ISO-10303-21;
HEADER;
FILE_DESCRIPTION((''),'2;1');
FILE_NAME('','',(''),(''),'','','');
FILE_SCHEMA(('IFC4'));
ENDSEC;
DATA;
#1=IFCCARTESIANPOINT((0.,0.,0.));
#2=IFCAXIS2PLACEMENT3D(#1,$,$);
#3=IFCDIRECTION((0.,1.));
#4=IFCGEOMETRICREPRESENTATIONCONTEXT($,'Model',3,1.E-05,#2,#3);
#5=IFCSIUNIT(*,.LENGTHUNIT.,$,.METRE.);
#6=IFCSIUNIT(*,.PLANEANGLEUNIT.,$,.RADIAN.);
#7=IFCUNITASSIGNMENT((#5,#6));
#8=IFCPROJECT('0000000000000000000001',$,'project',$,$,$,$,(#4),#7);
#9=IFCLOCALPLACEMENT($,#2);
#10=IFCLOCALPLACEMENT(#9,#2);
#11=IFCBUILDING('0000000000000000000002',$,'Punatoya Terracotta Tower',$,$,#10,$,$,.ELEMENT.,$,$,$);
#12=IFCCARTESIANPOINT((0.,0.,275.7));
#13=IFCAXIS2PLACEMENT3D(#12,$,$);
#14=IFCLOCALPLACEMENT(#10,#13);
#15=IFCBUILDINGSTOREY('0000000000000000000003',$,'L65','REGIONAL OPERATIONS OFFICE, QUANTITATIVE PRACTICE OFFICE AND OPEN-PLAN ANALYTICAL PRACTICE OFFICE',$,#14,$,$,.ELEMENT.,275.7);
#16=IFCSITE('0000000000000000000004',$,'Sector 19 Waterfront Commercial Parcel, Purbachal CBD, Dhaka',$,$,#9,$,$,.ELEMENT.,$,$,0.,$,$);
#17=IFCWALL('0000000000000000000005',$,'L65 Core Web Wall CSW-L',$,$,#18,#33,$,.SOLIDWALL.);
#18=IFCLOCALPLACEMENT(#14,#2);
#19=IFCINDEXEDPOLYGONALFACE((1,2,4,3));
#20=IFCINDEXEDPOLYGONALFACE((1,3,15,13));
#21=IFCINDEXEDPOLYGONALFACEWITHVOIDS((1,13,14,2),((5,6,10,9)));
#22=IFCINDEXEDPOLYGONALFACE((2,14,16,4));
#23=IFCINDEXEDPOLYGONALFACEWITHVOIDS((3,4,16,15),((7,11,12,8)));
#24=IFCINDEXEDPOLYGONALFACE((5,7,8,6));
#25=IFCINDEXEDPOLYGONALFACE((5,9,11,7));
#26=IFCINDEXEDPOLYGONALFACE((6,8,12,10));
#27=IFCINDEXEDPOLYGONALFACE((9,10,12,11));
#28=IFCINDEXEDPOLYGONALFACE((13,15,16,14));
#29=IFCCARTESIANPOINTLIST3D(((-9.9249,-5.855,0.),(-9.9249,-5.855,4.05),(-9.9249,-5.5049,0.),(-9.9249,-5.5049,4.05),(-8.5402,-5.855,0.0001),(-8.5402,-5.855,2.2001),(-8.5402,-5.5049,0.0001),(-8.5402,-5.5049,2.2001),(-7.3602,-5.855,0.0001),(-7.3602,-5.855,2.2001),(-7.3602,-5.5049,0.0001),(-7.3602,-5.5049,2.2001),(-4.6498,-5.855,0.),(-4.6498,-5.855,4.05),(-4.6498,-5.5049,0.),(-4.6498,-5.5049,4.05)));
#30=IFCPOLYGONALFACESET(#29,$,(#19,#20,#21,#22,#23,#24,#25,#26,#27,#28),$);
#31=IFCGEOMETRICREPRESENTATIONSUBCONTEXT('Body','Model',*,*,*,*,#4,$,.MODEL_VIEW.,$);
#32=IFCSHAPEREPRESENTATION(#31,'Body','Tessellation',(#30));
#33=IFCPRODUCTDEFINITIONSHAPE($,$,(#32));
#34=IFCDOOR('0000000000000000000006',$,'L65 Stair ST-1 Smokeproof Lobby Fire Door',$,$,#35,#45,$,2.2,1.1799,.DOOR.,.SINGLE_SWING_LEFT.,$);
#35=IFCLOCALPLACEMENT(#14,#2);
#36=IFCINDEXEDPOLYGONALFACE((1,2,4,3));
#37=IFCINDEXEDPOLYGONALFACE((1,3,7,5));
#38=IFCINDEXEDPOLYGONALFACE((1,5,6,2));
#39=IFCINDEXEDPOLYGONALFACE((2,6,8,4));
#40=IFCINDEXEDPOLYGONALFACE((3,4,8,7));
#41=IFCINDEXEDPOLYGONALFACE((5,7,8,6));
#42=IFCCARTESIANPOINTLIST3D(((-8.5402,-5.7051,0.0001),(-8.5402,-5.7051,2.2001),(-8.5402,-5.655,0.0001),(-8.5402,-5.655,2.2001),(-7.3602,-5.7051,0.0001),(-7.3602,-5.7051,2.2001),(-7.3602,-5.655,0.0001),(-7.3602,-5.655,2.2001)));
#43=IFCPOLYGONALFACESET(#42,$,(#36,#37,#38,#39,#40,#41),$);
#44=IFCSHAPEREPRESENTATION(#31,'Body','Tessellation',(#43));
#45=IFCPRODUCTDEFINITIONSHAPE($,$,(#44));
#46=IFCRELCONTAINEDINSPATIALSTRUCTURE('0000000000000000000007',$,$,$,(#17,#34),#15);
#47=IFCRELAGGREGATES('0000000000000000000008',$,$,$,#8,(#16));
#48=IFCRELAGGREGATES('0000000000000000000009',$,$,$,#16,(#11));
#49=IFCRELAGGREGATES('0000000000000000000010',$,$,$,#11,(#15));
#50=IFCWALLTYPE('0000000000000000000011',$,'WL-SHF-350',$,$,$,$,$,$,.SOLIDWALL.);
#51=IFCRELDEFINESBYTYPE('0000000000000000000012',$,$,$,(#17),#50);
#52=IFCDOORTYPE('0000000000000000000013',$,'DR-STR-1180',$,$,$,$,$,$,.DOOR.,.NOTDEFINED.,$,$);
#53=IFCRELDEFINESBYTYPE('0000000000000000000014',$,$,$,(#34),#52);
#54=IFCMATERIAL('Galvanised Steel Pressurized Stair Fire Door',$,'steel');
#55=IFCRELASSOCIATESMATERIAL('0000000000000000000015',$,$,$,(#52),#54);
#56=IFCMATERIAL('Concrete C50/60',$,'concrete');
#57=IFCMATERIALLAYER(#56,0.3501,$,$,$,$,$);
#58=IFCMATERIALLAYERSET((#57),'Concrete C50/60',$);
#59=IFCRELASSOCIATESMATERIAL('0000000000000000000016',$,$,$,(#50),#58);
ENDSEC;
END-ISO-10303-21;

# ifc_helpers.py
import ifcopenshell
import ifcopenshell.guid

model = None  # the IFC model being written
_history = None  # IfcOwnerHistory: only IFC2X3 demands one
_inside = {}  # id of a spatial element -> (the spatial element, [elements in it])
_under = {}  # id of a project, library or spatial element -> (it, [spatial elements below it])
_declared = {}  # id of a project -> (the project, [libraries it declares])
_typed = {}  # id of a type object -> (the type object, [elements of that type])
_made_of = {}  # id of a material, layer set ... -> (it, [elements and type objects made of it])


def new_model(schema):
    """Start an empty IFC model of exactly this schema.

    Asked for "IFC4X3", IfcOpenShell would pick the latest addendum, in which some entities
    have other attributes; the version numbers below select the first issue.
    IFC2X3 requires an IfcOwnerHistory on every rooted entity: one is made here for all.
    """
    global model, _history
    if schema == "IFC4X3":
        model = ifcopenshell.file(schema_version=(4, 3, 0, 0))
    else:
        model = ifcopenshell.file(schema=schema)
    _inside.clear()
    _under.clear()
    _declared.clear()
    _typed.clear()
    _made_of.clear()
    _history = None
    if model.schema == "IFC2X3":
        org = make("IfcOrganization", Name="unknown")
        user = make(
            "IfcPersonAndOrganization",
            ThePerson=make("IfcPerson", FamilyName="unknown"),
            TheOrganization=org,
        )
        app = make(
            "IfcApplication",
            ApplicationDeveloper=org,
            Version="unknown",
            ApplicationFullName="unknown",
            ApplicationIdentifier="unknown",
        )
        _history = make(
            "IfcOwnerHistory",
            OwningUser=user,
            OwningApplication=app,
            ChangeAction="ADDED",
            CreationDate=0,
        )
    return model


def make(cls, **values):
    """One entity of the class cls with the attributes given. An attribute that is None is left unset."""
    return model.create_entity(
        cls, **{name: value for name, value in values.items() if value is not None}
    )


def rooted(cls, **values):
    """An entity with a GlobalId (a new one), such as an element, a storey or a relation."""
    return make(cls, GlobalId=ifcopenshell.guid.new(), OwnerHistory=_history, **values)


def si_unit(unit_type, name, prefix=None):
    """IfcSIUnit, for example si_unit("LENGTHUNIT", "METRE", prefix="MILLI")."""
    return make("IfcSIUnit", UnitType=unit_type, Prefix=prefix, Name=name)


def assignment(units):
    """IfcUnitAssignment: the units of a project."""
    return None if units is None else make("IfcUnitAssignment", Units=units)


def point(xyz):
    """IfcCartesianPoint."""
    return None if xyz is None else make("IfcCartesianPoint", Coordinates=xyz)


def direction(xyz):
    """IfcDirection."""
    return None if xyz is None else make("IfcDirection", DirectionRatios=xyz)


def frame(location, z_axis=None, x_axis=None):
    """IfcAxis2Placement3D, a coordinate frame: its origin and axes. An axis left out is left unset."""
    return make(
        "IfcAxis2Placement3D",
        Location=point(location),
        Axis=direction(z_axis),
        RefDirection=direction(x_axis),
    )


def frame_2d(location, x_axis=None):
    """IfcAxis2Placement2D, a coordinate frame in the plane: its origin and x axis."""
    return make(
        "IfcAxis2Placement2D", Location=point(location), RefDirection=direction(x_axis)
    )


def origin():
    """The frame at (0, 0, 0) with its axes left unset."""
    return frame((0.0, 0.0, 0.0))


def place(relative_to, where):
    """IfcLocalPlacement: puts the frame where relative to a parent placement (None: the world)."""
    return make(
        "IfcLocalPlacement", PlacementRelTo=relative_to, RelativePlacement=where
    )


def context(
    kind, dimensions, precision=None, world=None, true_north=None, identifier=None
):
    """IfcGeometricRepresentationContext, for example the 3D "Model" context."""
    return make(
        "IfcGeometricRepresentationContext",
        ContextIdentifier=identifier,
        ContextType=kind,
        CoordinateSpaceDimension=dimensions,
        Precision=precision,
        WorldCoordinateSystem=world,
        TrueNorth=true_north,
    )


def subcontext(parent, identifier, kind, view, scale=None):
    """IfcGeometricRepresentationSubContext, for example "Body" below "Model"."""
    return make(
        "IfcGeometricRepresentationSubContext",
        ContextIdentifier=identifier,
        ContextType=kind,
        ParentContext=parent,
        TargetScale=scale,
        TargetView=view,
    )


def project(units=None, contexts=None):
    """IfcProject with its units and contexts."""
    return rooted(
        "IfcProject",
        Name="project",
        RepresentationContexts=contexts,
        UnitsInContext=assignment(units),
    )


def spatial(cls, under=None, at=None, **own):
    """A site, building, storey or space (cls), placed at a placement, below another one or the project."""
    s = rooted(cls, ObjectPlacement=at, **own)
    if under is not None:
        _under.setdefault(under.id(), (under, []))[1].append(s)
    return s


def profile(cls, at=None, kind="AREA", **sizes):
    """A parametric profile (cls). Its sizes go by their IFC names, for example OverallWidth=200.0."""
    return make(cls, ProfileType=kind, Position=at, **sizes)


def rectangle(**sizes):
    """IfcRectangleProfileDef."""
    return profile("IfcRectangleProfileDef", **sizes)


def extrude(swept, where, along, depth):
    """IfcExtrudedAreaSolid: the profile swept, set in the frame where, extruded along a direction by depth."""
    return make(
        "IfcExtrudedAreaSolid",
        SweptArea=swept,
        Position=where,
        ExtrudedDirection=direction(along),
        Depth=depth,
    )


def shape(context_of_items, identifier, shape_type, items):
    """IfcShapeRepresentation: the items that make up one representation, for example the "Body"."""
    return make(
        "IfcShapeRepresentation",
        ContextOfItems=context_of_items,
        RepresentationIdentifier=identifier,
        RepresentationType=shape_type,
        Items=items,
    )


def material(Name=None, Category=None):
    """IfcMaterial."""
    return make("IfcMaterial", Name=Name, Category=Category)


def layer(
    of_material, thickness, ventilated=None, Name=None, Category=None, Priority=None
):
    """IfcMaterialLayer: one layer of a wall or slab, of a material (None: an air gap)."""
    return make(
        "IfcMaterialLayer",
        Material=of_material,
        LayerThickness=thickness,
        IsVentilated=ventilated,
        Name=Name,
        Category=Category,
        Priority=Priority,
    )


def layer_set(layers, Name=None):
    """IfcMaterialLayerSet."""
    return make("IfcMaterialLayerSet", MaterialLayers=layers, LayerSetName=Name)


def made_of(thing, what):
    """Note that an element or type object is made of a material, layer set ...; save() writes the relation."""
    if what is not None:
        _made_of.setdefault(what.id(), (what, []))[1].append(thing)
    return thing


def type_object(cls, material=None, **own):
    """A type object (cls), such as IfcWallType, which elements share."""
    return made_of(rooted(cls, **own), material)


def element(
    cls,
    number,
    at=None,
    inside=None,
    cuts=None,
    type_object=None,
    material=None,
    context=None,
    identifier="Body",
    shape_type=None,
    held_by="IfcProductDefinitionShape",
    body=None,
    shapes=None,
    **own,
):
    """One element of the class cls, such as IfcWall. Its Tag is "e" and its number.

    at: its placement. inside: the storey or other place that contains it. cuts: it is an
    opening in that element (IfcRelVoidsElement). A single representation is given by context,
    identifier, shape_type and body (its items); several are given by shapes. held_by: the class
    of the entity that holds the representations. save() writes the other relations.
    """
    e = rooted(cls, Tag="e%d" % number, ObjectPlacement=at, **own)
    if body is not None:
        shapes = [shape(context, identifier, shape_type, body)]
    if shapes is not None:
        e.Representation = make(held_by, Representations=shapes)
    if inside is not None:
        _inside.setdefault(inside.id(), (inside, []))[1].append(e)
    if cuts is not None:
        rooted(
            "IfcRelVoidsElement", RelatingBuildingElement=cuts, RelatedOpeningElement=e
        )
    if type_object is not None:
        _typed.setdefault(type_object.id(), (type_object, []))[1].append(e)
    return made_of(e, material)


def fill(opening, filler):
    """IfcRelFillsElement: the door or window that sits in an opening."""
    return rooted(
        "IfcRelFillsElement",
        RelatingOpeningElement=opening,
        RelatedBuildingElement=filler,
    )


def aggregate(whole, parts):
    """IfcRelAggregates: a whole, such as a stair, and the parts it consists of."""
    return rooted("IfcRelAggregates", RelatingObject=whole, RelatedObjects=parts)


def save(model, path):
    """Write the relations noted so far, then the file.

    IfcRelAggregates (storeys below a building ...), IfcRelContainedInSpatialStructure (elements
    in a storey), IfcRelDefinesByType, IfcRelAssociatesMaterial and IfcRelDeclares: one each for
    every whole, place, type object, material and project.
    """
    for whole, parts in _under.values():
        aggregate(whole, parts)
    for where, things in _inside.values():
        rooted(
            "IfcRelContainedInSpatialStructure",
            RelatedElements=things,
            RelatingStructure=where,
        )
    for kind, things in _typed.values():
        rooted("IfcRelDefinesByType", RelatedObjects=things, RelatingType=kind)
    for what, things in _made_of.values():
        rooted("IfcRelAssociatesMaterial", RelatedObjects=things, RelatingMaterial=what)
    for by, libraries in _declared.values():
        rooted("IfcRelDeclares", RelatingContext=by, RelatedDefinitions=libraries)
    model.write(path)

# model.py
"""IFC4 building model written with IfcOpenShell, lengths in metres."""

from ifc_helpers import new_model, si_unit, direction, frame, frame_2d, origin, place, context, subcontext, project, spatial, rectangle, extrude, material, layer, layer_set, type_object, element, fill, save


model = new_model("IFC4")

# Units and contexts
model_context = context("Model", 3, precision=1e-05, world=origin(), true_north=direction((0.0, 1.0)))
body_context = subcontext(model_context, "Body", "Model", "MODEL_VIEW")
ifc_project = project(units=[si_unit("LENGTHUNIT", "METRE"), si_unit("PLANEANGLEUNIT", "RADIAN")], contexts=[model_context])

# Site, building, storey
site_placement = place(None, origin())
site = spatial("IfcSite", under=ifc_project, at=site_placement, Name="Sector 19 Waterfront Commercial Parcel, Purbachal CBD, Dhaka", CompositionType="ELEMENT", RefElevation=0.0)
building_placement = place(site_placement, origin())
building = spatial("IfcBuilding", under=site, at=building_placement, Name="Punatoya Terracotta Tower", CompositionType="ELEMENT")
storey_placement = place(building_placement, frame((0.0, 0.0, 275.7)))
storey = spatial("IfcBuildingStorey", under=building, at=storey_placement, Name="L65", Description="REGIONAL OPERATIONS OFFICE, QUANTITATIVE PRACTICE OFFICE AND OPEN-PLAN ANALYTICAL PRACTICE OFFICE", CompositionType="ELEMENT", Elevation=275.7)

# Shared definitions
ifc_material_1 = material(Name="Concrete C50/60", Category="concrete")

# Shared definitions
ifc_material_2 = material(Name="Galvanised Steel Pressurized Stair Fire Door", Category="steel")
door_type_1 = type_object("IfcDoorType", Name="DR-STR-1180", OperationType="NOTDEFINED", PredefinedType="DOOR", material=ifc_material_2)

# Wall, opening, door
ifc_layer_1 = layer(ifc_material_1, 0.3501)
ifc_layer_set_1 = layer_set([ifc_layer_1], Name="Concrete C50/60")
wall_type_1 = type_object("IfcWallType", Name="WL-SHF-350", PredefinedType="SOLIDWALL", material=ifc_layer_set_1)
wall_1_placement = place(storey_placement, frame((-9.925, -5.6799, 0.0), z_axis=(0.0, 0.0, 1.0), x_axis=(1.0, 0.0, 0.0)))
wall_1 = element("IfcWall", 1, at=wall_1_placement, inside=storey, type_object=wall_type_1, Name="L65 Core Web Wall CSW-L", PredefinedType="SOLIDWALL", context=body_context, shape_type="SweptSolid", body=[
    extrude(rectangle(XDim=5.2751, YDim=0.3501, at=frame_2d((2.6377, 0.0))), origin(), (0.0, 0.0, 1.0), 4.05),
])
opening_1_placement = place(wall_1_placement, frame((1.385, 0.0, 0.0)))
opening_1 = element("IfcOpeningElement", 2, at=opening_1_placement, cuts=wall_1, PredefinedType="OPENING", context=body_context, shape_type="SweptSolid", body=[
    extrude(rectangle(XDim=1.1799, YDim=2.2, at=frame_2d((0.5898, 1.1001))), frame((0.0, 0.1851, 0.0), z_axis=(0.0, -1.0, 0.0), x_axis=(1.0, 0.0, 0.0)), (0.0, 0.0, 1.0), 0.3701),
])
door_1_placement = place(opening_1_placement, origin())
door_1 = element("IfcDoor", 3, at=door_1_placement, inside=storey, type_object=door_type_1, Name="L65 Stair ST-1 Smokeproof Lobby Fire Door", OperationType="SINGLE_SWING_LEFT", OverallHeight=2.2, OverallWidth=1.1799, PredefinedType="DOOR", context=body_context, shape_type="SweptSolid", body=[
    extrude(rectangle(XDim=1.1799, YDim=2.2, at=frame_2d((0.5898, 1.1001))), frame((0.0, 0.0249, 0.0), z_axis=(0.0, -1.0, 0.0), x_axis=(1.0, 0.0, 0.0)), (0.0, 0.0, 1.0), 0.05),
])
fill(opening_1, door_1)

save(model, "model.ifc")
